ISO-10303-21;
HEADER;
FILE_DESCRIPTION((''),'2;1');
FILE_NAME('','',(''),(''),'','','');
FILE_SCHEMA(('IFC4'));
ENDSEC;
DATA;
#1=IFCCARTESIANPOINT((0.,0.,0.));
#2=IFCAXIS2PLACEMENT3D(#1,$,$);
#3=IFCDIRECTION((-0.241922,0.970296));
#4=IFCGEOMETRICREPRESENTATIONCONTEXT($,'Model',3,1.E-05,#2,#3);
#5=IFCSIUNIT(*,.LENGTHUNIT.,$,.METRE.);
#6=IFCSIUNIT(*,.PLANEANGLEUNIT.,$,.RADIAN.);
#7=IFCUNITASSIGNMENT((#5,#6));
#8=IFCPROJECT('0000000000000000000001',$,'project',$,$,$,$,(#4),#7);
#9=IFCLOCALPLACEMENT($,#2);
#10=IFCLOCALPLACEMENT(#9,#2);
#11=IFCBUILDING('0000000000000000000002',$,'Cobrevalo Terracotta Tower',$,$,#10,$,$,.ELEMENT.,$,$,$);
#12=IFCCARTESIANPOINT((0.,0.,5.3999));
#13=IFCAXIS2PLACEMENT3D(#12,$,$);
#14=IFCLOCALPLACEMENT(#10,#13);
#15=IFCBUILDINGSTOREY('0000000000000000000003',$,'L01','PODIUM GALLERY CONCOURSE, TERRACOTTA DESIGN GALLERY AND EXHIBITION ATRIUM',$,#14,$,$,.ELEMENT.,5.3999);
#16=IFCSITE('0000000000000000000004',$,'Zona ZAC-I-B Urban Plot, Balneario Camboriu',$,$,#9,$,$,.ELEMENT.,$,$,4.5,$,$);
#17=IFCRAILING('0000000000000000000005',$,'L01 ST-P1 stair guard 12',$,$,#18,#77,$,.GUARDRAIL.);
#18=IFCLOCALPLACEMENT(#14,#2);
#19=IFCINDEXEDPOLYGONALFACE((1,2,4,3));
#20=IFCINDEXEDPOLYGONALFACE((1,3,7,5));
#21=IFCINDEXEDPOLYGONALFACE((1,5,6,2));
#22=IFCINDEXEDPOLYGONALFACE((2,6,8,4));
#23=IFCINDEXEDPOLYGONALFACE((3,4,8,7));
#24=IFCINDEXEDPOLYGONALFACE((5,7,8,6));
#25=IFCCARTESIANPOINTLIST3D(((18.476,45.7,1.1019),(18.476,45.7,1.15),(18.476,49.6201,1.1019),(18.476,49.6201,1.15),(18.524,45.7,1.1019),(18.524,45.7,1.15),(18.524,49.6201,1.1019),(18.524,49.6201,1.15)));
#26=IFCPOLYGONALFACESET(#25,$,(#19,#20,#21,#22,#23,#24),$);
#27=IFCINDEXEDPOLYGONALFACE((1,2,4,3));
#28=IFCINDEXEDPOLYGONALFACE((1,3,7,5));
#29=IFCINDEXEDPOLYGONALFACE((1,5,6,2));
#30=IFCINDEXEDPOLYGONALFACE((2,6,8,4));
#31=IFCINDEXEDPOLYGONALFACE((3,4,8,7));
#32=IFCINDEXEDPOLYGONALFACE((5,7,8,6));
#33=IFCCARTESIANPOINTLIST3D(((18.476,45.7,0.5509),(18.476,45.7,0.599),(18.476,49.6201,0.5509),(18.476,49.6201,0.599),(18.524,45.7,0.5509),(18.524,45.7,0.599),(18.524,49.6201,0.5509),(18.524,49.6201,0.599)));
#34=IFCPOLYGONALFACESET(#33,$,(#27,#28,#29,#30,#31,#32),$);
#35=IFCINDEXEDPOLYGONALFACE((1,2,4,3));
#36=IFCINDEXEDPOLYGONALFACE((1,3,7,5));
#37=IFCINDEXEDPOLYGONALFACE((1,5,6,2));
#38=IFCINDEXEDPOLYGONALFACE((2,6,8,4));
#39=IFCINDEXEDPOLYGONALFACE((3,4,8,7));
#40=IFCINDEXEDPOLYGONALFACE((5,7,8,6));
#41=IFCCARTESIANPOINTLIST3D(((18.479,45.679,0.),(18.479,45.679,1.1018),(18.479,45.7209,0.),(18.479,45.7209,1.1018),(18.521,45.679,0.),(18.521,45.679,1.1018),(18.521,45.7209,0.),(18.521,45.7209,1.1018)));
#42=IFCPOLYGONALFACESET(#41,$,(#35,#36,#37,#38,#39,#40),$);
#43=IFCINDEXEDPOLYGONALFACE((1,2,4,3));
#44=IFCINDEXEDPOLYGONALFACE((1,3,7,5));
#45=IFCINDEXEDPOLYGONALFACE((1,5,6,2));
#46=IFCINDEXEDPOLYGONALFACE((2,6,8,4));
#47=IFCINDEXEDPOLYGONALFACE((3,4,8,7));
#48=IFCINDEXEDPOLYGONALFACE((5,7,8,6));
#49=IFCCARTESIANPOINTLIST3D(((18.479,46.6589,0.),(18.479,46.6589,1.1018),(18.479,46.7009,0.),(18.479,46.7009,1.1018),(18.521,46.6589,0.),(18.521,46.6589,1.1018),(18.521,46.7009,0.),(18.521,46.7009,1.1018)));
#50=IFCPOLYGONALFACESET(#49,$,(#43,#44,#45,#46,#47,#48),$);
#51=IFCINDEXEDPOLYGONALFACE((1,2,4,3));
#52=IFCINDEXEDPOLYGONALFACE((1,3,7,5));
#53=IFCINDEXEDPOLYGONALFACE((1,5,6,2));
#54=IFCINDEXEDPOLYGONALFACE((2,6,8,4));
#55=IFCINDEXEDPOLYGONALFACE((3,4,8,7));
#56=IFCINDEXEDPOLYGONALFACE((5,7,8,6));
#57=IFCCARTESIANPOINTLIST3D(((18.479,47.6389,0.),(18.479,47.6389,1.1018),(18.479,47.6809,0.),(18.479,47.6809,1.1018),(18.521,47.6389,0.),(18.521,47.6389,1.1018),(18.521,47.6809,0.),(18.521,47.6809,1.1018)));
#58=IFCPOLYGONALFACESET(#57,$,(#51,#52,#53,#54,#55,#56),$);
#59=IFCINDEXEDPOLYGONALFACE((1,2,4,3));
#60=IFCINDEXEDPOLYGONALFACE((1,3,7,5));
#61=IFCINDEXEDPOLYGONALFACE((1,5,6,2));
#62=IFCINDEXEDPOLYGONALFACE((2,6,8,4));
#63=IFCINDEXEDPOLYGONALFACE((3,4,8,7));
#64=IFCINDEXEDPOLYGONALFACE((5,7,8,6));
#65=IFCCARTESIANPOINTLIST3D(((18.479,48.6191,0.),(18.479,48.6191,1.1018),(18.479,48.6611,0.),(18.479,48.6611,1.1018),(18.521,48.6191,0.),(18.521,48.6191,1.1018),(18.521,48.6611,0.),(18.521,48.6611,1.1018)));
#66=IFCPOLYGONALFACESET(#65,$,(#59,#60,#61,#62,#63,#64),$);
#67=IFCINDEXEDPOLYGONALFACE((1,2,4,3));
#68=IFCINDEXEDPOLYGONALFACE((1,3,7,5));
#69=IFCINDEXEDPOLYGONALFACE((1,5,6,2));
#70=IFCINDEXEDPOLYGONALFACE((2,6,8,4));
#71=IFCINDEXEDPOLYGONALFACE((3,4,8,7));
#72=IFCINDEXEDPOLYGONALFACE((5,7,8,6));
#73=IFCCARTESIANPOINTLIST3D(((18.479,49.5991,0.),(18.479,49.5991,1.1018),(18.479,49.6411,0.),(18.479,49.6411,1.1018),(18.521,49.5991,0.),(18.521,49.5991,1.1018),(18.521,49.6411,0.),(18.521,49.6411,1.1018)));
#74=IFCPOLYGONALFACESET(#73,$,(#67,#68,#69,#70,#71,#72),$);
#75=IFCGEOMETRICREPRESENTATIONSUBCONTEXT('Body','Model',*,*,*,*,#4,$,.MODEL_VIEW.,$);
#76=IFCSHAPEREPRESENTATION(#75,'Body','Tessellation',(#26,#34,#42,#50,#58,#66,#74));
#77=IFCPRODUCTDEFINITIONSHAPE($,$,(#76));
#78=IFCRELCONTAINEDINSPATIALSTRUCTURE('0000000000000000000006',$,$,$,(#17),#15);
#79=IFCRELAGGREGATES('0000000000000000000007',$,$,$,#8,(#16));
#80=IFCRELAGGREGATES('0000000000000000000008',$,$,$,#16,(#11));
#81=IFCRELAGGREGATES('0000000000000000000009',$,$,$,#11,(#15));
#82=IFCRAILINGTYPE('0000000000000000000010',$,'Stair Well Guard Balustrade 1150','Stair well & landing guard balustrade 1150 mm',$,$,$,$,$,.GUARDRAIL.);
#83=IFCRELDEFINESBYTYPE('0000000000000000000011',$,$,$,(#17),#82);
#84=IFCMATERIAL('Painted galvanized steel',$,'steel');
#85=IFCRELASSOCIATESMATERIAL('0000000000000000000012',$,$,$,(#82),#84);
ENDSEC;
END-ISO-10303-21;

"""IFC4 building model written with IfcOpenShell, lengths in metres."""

from ifc_helpers import new_model, si_unit, direction, frame, origin, origin_2d, place, context, subcontext, project, spatial, rectangle, extrude, material, type_object, element, save


model = new_model("IFC4")

# Units and contexts
model_context = context("Model", 3, precision=1e-05, world=origin(), true_north=direction((-0.241922, 0.970296)))
body_context = subcontext(model_context, "Body", "Model", "MODEL_VIEW")
ifc_project = project(units=[si_unit("LENGTHUNIT", "METRE"), si_unit("PLANEANGLEUNIT", "RADIAN")], contexts=[model_context])

# Site, building, storey
site_placement = place(None, origin())
site = spatial("IfcSite", under=ifc_project, at=site_placement, Name="Zona ZAC-I-B Urban Plot, Balneario Camboriu", CompositionType="ELEMENT", RefElevation=4.5)
building_placement = place(site_placement, origin())
building = spatial("IfcBuilding", under=site, at=building_placement, Name="Cobrevalo Terracotta Tower", CompositionType="ELEMENT")
storey_placement = place(building_placement, frame((0.0, 0.0, 5.3999)))
storey = spatial("IfcBuildingStorey", under=building, at=storey_placement, Name="L01", Description="PODIUM GALLERY CONCOURSE, TERRACOTTA DESIGN GALLERY AND EXHIBITION ATRIUM", CompositionType="ELEMENT", Elevation=5.3999)

# Railing
ifc_material_1 = material(Name="Painted galvanized steel", Category="steel")
railing_type = type_object("IfcRailingType", Name="Stair Well Guard Balustrade 1150", Description="Stair well & landing guard balustrade 1150 mm", PredefinedType="GUARDRAIL", material=ifc_material_1)
railing_placement = place(storey_placement, frame((18.5, 45.7, 0.0)))
element("IfcRailing", 1, at=railing_placement, inside=storey, type_object=railing_type, Name="L01 ST-P1 stair guard 12", PredefinedType="GUARDRAIL", context=body_context, shape_type="SweptSolid", body=[
    extrude(rectangle(XDim=0.0481, YDim=0.0481, at=origin_2d()), frame((0.0, 0.0, 1.126), z_axis=(0.0, 1.0, 0.0), x_axis=(-1.0, 0.0, 0.0)), (0.0, 0.0, 1.0), 3.9202),
    extrude(rectangle(XDim=0.0481, YDim=0.0481, at=origin_2d()), frame((0.0, 0.0, 0.575), z_axis=(0.0, 1.0, 0.0), x_axis=(-1.0, 0.0, 0.0)), (0.0, 0.0, 1.0), 3.9202),
    extrude(rectangle(XDim=0.042, YDim=0.042, at=origin_2d()), origin(), (0.0, 0.0, 1.0), 1.1018),
    extrude(rectangle(XDim=0.042, YDim=0.042, at=origin_2d()), frame((0.0, 0.98, 0.0)), (0.0, 0.0, 1.0), 1.1018),
    extrude(rectangle(XDim=0.042, YDim=0.042, at=origin_2d()), frame((0.0, 1.96, 0.0)), (0.0, 0.0, 1.0), 1.1018),
    extrude(rectangle(XDim=0.042, YDim=0.042, at=origin_2d()), frame((0.0, 2.9402, 0.0)), (0.0, 0.0, 1.0), 1.1018),
    extrude(rectangle(XDim=0.042, YDim=0.042, at=origin_2d()), frame((0.0, 3.9202, 0.0)), (0.0, 0.0, 1.0), 1.1018),
])

save(model, "model.ifc")
